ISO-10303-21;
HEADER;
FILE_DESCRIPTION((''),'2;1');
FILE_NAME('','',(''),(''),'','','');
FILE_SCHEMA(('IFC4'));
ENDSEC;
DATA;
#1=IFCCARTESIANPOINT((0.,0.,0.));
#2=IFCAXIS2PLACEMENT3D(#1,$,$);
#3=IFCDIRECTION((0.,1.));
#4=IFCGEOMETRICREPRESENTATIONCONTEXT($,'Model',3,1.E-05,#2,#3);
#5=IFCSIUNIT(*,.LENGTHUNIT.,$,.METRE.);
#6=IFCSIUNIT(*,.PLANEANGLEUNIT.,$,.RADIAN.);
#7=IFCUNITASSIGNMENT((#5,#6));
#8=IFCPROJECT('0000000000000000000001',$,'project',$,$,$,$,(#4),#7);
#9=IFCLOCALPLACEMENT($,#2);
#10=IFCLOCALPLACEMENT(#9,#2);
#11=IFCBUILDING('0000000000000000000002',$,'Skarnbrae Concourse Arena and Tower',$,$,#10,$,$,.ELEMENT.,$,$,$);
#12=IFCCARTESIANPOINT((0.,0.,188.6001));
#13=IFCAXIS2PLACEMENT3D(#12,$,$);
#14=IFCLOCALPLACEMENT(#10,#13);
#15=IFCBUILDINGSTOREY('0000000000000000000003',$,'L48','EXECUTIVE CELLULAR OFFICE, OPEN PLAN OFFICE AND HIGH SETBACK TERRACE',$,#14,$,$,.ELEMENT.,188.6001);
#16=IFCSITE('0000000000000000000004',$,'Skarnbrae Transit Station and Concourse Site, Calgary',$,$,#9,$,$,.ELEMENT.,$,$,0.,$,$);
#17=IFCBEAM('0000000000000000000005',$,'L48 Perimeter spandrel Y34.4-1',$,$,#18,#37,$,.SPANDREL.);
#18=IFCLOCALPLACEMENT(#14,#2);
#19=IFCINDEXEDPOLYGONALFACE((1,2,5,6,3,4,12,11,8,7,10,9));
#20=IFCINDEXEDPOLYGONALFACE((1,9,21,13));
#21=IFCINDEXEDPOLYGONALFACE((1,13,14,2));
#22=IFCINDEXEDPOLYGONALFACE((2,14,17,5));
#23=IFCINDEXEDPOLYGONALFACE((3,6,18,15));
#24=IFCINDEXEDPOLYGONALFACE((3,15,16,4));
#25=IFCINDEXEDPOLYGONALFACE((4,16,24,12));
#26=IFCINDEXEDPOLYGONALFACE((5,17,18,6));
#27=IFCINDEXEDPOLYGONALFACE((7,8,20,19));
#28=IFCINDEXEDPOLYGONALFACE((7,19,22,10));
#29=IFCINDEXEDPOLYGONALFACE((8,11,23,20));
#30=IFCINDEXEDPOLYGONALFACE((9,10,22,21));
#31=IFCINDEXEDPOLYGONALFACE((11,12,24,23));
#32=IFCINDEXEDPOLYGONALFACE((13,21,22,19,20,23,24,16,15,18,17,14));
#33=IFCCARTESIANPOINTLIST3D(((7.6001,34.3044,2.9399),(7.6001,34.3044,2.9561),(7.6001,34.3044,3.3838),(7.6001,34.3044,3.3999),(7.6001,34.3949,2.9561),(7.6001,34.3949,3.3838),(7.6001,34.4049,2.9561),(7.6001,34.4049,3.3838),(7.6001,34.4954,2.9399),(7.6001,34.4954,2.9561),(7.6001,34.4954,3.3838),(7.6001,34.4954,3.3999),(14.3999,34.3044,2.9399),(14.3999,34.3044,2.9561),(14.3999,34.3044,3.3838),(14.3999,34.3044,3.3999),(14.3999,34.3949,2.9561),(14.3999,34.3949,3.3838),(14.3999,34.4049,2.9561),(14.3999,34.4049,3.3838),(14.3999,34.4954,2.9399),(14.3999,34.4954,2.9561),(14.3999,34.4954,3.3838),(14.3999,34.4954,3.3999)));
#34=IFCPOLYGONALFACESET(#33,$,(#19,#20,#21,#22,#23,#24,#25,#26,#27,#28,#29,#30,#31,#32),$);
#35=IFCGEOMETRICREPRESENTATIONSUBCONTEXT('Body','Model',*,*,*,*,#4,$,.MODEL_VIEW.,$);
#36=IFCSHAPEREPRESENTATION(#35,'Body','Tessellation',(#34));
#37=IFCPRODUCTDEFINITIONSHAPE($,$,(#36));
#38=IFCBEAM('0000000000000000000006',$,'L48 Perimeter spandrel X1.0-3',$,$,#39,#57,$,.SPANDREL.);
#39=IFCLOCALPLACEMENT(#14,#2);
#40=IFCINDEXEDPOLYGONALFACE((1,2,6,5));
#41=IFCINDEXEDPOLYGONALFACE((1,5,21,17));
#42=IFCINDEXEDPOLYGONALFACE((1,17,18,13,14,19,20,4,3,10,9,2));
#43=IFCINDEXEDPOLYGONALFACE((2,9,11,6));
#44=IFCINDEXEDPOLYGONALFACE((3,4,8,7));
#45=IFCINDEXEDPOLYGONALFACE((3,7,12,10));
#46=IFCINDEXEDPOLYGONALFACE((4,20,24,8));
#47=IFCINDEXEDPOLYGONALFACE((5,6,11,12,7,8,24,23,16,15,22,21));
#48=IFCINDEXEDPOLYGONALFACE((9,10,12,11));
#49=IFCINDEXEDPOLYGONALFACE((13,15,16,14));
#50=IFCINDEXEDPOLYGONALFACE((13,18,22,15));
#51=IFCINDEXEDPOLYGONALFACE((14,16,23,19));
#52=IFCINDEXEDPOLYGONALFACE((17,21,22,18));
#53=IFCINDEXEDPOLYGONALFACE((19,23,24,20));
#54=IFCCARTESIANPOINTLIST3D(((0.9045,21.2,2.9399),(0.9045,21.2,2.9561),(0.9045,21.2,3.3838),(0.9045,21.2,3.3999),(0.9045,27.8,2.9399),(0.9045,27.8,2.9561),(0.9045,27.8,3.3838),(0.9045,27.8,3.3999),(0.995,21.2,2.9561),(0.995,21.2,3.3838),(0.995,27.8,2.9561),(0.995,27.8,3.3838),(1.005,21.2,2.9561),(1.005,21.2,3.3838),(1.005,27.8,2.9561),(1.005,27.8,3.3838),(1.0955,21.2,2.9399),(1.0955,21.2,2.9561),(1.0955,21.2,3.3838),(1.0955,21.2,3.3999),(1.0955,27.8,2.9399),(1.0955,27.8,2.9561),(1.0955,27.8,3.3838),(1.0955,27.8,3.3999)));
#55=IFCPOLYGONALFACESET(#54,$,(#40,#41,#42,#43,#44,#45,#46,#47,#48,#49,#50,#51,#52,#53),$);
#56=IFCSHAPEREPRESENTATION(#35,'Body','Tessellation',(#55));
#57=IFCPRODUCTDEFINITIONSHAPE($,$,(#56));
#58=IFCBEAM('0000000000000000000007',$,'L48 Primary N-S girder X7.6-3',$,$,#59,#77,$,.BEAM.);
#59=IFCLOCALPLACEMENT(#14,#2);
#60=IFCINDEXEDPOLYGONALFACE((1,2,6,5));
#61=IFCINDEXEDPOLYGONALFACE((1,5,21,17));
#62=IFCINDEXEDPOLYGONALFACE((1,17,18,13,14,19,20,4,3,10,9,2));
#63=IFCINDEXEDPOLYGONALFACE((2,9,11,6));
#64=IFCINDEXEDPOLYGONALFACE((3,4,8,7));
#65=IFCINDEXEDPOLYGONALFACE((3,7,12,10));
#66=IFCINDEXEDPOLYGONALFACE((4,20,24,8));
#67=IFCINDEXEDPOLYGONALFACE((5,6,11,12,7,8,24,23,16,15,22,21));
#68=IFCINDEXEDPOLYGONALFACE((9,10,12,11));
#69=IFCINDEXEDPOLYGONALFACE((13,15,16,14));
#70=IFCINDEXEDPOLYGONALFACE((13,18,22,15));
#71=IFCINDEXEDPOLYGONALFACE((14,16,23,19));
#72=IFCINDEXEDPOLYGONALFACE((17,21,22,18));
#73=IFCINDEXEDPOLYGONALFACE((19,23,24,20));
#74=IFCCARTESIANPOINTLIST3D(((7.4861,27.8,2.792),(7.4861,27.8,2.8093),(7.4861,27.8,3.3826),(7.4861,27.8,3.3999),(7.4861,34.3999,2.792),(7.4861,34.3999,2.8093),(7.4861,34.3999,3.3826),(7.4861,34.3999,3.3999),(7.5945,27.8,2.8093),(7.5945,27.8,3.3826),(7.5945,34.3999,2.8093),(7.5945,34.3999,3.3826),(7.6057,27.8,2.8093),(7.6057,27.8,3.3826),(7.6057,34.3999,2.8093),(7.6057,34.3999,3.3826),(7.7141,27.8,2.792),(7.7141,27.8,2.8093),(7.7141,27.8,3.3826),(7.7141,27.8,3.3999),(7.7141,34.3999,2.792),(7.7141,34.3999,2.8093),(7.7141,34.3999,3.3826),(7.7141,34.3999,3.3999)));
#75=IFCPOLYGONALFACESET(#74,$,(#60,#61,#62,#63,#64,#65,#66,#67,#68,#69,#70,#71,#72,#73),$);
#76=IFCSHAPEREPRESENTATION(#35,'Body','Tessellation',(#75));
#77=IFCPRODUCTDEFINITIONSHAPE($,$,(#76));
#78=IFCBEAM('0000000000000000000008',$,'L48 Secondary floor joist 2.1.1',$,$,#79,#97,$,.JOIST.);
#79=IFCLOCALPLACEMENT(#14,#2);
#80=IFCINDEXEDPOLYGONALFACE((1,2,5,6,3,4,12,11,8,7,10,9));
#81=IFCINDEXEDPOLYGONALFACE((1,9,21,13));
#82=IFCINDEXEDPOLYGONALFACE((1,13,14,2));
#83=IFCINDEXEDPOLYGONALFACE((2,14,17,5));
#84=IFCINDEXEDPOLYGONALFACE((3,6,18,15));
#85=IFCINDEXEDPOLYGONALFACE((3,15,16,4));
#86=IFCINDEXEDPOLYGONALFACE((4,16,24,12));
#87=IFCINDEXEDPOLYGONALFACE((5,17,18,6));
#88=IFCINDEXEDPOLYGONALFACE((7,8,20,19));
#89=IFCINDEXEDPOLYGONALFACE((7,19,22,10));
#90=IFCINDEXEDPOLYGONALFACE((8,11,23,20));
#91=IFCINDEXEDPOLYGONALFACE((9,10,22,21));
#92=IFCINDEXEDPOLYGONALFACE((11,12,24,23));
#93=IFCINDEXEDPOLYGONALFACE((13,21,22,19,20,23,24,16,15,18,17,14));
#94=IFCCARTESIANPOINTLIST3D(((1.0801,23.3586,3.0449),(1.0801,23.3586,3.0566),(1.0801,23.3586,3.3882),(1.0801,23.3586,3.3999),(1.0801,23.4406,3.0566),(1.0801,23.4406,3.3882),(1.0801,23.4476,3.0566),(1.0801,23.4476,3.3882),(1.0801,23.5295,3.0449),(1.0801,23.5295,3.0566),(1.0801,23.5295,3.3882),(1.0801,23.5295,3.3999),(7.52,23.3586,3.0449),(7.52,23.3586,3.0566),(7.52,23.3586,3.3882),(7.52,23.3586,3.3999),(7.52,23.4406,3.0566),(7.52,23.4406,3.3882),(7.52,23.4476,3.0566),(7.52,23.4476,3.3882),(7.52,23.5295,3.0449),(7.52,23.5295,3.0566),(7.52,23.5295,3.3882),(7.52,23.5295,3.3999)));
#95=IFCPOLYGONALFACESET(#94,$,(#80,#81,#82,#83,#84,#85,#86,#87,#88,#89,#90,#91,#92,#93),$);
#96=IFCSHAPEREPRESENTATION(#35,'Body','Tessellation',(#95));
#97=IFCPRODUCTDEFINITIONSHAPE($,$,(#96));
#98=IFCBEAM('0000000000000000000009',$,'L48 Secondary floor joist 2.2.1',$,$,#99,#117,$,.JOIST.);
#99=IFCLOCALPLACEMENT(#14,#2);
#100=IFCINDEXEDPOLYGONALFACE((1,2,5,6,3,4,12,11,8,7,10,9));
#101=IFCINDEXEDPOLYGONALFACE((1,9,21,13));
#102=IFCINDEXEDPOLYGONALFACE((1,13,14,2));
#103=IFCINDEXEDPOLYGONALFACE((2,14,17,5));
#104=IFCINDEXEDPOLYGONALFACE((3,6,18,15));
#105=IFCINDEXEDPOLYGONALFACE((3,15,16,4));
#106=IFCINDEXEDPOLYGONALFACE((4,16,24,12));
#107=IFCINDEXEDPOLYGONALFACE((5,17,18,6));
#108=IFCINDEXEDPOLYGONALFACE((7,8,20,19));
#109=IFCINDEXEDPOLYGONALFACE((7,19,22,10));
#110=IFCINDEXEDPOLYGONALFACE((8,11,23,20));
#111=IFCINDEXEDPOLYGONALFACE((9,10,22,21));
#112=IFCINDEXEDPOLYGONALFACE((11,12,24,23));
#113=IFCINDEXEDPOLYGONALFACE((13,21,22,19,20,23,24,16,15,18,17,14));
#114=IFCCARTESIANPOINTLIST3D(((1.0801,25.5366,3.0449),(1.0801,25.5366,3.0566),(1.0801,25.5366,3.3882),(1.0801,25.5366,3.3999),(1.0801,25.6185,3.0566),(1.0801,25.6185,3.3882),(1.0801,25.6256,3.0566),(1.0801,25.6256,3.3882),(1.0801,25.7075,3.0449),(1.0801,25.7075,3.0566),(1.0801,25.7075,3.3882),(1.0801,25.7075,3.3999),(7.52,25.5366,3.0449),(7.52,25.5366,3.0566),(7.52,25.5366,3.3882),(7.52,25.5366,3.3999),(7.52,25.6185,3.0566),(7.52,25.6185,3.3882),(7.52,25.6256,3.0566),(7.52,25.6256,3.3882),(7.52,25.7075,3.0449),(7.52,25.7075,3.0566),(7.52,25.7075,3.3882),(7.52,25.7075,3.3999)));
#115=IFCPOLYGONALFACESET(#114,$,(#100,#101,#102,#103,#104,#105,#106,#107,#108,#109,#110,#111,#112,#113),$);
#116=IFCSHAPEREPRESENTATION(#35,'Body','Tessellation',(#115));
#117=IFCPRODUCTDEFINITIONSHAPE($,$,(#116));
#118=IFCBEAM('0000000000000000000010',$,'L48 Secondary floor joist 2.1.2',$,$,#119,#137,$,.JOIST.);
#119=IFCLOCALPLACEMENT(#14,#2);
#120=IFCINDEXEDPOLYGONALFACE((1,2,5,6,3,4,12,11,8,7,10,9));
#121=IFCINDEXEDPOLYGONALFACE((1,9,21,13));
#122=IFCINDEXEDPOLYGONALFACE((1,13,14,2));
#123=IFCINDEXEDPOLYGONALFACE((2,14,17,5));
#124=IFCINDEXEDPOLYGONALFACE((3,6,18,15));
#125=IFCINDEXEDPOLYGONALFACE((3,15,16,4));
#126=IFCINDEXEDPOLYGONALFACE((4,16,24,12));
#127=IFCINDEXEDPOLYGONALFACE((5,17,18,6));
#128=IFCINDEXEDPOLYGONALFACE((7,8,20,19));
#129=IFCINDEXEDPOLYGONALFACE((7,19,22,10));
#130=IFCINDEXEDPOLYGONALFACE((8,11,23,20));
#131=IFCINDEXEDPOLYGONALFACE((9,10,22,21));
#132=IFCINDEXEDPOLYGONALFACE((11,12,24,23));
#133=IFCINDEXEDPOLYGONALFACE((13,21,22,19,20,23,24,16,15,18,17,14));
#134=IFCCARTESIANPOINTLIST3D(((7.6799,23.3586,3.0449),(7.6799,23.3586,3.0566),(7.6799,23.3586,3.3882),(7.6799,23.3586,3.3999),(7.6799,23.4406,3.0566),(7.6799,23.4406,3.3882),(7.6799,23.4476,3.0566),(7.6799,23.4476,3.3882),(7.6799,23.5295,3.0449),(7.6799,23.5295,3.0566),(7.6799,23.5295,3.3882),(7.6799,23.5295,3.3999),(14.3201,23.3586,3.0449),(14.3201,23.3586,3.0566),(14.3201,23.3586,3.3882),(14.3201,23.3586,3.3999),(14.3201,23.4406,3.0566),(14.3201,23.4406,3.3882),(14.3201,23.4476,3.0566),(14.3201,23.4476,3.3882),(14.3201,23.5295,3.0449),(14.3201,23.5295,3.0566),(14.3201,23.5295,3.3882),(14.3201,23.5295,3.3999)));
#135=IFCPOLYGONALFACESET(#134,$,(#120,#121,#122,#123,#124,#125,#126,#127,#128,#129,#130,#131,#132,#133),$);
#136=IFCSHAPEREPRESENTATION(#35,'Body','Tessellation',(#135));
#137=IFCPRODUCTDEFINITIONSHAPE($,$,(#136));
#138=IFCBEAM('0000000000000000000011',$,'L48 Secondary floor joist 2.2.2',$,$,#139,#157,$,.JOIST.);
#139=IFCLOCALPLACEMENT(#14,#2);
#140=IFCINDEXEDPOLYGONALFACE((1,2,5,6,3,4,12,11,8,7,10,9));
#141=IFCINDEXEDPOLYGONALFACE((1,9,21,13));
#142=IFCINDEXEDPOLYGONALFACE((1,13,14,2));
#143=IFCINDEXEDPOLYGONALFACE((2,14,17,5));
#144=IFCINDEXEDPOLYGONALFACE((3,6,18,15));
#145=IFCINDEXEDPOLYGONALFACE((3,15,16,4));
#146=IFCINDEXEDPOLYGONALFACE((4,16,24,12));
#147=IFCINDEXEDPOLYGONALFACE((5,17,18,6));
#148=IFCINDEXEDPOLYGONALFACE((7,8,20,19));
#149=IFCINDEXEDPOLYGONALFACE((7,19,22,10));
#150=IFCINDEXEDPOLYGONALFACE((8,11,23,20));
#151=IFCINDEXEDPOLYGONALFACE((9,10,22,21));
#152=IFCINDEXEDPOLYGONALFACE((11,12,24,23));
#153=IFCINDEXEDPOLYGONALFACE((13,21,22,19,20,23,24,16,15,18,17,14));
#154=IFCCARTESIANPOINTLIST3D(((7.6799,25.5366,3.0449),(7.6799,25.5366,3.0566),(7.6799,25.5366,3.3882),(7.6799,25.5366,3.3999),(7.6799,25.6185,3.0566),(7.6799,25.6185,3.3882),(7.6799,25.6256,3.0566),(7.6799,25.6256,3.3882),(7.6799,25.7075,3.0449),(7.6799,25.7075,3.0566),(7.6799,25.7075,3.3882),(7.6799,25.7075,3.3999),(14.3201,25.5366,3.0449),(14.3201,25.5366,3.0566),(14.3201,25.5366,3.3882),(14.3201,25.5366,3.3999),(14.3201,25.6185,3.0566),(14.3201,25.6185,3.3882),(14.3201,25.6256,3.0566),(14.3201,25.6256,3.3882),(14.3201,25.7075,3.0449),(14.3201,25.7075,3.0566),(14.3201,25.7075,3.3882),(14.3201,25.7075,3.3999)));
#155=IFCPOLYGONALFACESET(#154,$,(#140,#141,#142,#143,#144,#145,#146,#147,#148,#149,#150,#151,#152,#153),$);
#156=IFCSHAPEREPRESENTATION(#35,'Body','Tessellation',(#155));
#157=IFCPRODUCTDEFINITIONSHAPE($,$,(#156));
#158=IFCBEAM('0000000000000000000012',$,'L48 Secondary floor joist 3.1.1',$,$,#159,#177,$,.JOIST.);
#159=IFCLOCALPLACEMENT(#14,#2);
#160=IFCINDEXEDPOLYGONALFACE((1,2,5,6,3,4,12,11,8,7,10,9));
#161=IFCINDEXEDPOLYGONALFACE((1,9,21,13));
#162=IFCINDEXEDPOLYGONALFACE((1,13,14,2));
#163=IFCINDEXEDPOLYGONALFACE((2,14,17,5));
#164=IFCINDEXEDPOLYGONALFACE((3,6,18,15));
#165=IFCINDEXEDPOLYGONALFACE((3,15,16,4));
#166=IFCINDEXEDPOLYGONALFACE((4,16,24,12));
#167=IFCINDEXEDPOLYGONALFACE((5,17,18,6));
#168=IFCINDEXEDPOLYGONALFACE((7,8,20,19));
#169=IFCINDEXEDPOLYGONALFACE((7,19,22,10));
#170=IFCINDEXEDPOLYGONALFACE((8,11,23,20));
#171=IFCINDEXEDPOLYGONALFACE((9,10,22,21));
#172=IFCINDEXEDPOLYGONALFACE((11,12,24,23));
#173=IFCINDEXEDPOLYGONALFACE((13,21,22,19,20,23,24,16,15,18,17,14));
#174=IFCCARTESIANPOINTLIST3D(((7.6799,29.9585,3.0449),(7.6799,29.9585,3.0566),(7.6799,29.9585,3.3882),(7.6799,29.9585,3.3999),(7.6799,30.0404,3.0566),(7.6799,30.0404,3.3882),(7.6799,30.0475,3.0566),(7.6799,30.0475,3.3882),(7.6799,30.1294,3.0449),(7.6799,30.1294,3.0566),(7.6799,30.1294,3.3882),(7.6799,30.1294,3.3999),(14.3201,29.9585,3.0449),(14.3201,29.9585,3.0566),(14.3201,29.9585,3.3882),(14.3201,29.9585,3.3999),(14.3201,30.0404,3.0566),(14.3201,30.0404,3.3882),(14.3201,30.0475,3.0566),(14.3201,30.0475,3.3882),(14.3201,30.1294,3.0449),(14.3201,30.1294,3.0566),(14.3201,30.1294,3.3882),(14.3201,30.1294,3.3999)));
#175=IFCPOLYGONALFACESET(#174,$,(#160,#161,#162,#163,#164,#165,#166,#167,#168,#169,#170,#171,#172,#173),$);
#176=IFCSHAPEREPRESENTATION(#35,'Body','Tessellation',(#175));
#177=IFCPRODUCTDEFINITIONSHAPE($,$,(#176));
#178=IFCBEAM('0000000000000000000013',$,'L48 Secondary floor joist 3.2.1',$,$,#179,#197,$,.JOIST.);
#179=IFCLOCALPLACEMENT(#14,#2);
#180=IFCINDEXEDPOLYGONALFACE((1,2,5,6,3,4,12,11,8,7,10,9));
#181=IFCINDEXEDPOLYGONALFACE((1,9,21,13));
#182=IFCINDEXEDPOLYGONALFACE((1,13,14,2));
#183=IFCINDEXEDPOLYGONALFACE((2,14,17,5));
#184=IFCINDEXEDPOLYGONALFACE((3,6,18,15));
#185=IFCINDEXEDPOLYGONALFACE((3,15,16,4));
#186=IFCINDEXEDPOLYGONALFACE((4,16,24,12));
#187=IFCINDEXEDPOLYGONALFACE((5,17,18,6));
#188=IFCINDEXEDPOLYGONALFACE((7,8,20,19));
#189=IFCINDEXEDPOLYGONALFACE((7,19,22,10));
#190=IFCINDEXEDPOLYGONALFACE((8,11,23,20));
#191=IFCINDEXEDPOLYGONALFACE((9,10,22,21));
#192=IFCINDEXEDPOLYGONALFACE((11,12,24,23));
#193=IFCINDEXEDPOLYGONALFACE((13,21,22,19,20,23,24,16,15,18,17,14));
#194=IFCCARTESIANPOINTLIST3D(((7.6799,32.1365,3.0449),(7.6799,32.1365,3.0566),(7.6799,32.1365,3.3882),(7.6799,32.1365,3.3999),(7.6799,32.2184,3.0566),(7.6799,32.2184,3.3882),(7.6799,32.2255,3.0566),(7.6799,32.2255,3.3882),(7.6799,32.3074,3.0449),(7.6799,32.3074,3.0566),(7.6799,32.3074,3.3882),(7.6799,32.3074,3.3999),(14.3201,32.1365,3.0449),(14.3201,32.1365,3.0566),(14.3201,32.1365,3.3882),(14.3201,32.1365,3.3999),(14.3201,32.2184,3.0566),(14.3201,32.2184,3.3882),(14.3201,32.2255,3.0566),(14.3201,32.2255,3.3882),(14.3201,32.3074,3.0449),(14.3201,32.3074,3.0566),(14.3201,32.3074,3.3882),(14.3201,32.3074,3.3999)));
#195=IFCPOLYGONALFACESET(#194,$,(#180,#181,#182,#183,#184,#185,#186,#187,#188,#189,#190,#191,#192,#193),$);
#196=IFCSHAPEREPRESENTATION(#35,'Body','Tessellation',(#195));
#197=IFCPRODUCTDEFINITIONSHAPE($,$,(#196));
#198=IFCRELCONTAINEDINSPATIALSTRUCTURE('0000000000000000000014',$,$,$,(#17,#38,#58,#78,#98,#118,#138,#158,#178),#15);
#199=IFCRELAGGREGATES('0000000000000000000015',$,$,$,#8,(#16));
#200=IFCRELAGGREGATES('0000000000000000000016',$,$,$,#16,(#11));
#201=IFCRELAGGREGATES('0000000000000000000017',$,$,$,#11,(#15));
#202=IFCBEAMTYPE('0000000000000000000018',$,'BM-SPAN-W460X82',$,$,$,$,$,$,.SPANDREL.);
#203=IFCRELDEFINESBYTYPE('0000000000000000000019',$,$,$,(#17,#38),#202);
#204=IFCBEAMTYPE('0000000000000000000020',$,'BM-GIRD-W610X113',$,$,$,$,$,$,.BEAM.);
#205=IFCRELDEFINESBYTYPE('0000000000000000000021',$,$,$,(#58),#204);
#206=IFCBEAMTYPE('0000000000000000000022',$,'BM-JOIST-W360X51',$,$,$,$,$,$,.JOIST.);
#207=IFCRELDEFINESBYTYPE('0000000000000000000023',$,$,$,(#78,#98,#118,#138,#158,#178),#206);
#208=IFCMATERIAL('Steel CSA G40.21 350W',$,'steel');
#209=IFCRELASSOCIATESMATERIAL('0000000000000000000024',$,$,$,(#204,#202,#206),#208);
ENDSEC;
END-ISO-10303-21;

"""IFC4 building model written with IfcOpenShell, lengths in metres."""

from ifc_helpers import new_model, si_unit, direction, frame, origin, origin_2d, place, context, subcontext, project, spatial, i_section, extrude, source, transform, mapped, material, material_profile, profile_set, type_object, element, save


model = new_model("IFC4")

# Units and contexts
model_context = context("Model", 3, precision=1e-05, world=origin(), true_north=direction((0.0, 1.0)))
body_context = subcontext(model_context, "Body", "Model", "MODEL_VIEW")
ifc_project = project(units=[si_unit("LENGTHUNIT", "METRE"), si_unit("PLANEANGLEUNIT", "RADIAN")], contexts=[model_context])

# Site, building, storey
site_placement = place(None, origin())
site = spatial("IfcSite", under=ifc_project, at=site_placement, Name="Skarnbrae Transit Station and Concourse Site, Calgary", CompositionType="ELEMENT", RefElevation=0.0)
building_placement = place(site_placement, origin())
building = spatial("IfcBuilding", under=site, at=building_placement, Name="Skarnbrae Concourse Arena and Tower", CompositionType="ELEMENT")
storey_placement = place(building_placement, frame((0.0, 0.0, 188.6001)))
storey = spatial("IfcBuildingStorey", under=building, at=storey_placement, Name="L48", Description="EXECUTIVE CELLULAR OFFICE, OPEN PLAN OFFICE AND HIGH SETBACK TERRACE", CompositionType="ELEMENT", Elevation=188.6001)

# Shared definitions
ifc_material_1 = material(Name="Steel CSA G40.21 350W", Category="steel")

# Beams
ifc_material_profile_1 = material_profile(ifc_material_1, i_section(OverallWidth=0.228, OverallDepth=0.6079, WebThickness=0.0112, FlangeThickness=0.0173, at=origin_2d()), Name="W610X113")
ifc_profile_set_1 = profile_set([ifc_material_profile_1], Name="Steel CSA G40.21 350W")
beam_type_1 = type_object("IfcBeamType", Name="BM-GIRD-W610X113", PredefinedType="BEAM", material=ifc_profile_set_1)
ifc_material_profile_2 = material_profile(ifc_material_1, i_section(OverallWidth=0.1909, OverallDepth=0.46, WebThickness=0.01, FlangeThickness=0.0161, at=origin_2d()), Name="W460X82")
ifc_profile_set_2 = profile_set([ifc_material_profile_2], Name="Steel CSA G40.21 350W")
beam_type_2 = type_object("IfcBeamType", Name="BM-SPAN-W460X82", PredefinedType="SPANDREL", material=ifc_profile_set_2)
shared_shape_1 = source(origin(), body_context, "Body", "SweptSolid", [
    extrude(i_section(OverallWidth=0.1909, OverallDepth=0.46, WebThickness=0.01, FlangeThickness=0.0161, at=origin_2d()), origin(), (0.0, 0.0, 1.0), 6.7998),
])
beam_1_placement = place(storey_placement, frame((7.6001, 34.3999, 3.1699), z_axis=(1.0, 0.0, 0.0), x_axis=(0.0, 1.0, 0.0)))
element("IfcBeam", 1, at=beam_1_placement, inside=storey, type_object=beam_type_2, Name="L48 Perimeter spandrel Y34.4-1", PredefinedType="SPANDREL", context=body_context, shape_type="MappedRepresentation", body=[
    mapped(shared_shape_1, transform((0.0, 0.0, 0.0))),
])
shared_shape_2 = source(origin(), body_context, "Body", "SweptSolid", [
    extrude(i_section(OverallWidth=0.1909, OverallDepth=0.46, WebThickness=0.01, FlangeThickness=0.0161, at=origin_2d()), origin(), (0.0, 0.0, 1.0), 6.6001),
])
beam_2_placement = place(storey_placement, frame((1.0, 21.2, 3.1699), z_axis=(0.0, 1.0, 0.0), x_axis=(-1.0, 0.0, 0.0)))
element("IfcBeam", 2, at=beam_2_placement, inside=storey, type_object=beam_type_2, Name="L48 Perimeter spandrel X1.0-3", PredefinedType="SPANDREL", context=body_context, shape_type="MappedRepresentation", body=[
    mapped(shared_shape_2, transform((0.0, 0.0, 0.0))),
])
shared_shape_3 = source(origin(), body_context, "Body", "SweptSolid", [
    extrude(i_section(OverallWidth=0.228, OverallDepth=0.6079, WebThickness=0.0112, FlangeThickness=0.0173, at=origin_2d()), origin(), (0.0, 0.0, 1.0), 6.5999),
])
beam_3_placement = place(storey_placement, frame((7.6001, 27.8, 3.0959), z_axis=(0.0, 1.0, 0.0), x_axis=(-1.0, 0.0, 0.0)))
element("IfcBeam", 3, at=beam_3_placement, inside=storey, type_object=beam_type_1, Name="L48 Primary N-S girder X7.6-3", PredefinedType="BEAM", context=body_context, shape_type="MappedRepresentation", body=[
    mapped(shared_shape_3, transform((0.0, 0.0, 0.0))),
])
ifc_material_profile_3 = material_profile(ifc_material_1, i_section(OverallWidth=0.1709, OverallDepth=0.355, WebThickness=0.0071, FlangeThickness=0.0117, at=origin_2d()), Name="W360X51")
ifc_profile_set_3 = profile_set([ifc_material_profile_3], Name="Steel CSA G40.21 350W")
beam_type_3 = type_object("IfcBeamType", Name="BM-JOIST-W360X51", PredefinedType="JOIST", material=ifc_profile_set_3)
shared_shape_4 = source(origin(), body_context, "Body", "SweptSolid", [
    extrude(i_section(OverallWidth=0.1709, OverallDepth=0.355, WebThickness=0.0071, FlangeThickness=0.0117, at=origin_2d()), origin(), (0.0, 0.0, 1.0), 6.4399),
])
for number, where, z_axis, x_axis, name in (
    (4, (1.0801, 23.4441, 3.2224), (1.0, 0.0, 0.0), (0.0, 1.0, 0.0), "L48 Secondary floor joist 2.1.1"),
    (5, (1.0801, 25.6221, 3.2224), (1.0, 0.0, 0.0), (0.0, 1.0, 0.0), "L48 Secondary floor joist 2.2.1"),
):
    element("IfcBeam", number, at=place(storey_placement, frame(where, z_axis=z_axis, x_axis=x_axis)), inside=storey, type_object=beam_type_3, Name=name, PredefinedType="JOIST", context=body_context, shape_type="MappedRepresentation", body=[
        mapped(shared_shape_4, transform((0.0, 0.0, 0.0))),
    ])
shared_shape_5 = source(origin(), body_context, "Body", "SweptSolid", [
    extrude(i_section(OverallWidth=0.1709, OverallDepth=0.355, WebThickness=0.0071, FlangeThickness=0.0117, at=origin_2d()), origin(), (0.0, 0.0, 1.0), 6.6401),
])
for number, where, z_axis, x_axis, name in (
    (6, (7.6799, 23.4441, 3.2224), (1.0, 0.0, 0.0), (0.0, 1.0, 0.0), "L48 Secondary floor joist 2.1.2"),
    (7, (7.6799, 25.6221, 3.2224), (1.0, 0.0, 0.0), (0.0, 1.0, 0.0), "L48 Secondary floor joist 2.2.2"),
    (8, (7.6799, 30.0439, 3.2224), (1.0, 0.0, 0.0), (0.0, 1.0, 0.0), "L48 Secondary floor joist 3.1.1"),
    (9, (7.6799, 32.2219, 3.2224), (1.0, 0.0, 0.0), (0.0, 1.0, 0.0), "L48 Secondary floor joist 3.2.1"),
):
    element("IfcBeam", number, at=place(storey_placement, frame(where, z_axis=z_axis, x_axis=x_axis)), inside=storey, type_object=beam_type_3, Name=name, PredefinedType="JOIST", context=body_context, shape_type="MappedRepresentation", body=[
        mapped(shared_shape_5, transform((0.0, 0.0, 0.0))),
    ])

save(model, "model.ifc")
